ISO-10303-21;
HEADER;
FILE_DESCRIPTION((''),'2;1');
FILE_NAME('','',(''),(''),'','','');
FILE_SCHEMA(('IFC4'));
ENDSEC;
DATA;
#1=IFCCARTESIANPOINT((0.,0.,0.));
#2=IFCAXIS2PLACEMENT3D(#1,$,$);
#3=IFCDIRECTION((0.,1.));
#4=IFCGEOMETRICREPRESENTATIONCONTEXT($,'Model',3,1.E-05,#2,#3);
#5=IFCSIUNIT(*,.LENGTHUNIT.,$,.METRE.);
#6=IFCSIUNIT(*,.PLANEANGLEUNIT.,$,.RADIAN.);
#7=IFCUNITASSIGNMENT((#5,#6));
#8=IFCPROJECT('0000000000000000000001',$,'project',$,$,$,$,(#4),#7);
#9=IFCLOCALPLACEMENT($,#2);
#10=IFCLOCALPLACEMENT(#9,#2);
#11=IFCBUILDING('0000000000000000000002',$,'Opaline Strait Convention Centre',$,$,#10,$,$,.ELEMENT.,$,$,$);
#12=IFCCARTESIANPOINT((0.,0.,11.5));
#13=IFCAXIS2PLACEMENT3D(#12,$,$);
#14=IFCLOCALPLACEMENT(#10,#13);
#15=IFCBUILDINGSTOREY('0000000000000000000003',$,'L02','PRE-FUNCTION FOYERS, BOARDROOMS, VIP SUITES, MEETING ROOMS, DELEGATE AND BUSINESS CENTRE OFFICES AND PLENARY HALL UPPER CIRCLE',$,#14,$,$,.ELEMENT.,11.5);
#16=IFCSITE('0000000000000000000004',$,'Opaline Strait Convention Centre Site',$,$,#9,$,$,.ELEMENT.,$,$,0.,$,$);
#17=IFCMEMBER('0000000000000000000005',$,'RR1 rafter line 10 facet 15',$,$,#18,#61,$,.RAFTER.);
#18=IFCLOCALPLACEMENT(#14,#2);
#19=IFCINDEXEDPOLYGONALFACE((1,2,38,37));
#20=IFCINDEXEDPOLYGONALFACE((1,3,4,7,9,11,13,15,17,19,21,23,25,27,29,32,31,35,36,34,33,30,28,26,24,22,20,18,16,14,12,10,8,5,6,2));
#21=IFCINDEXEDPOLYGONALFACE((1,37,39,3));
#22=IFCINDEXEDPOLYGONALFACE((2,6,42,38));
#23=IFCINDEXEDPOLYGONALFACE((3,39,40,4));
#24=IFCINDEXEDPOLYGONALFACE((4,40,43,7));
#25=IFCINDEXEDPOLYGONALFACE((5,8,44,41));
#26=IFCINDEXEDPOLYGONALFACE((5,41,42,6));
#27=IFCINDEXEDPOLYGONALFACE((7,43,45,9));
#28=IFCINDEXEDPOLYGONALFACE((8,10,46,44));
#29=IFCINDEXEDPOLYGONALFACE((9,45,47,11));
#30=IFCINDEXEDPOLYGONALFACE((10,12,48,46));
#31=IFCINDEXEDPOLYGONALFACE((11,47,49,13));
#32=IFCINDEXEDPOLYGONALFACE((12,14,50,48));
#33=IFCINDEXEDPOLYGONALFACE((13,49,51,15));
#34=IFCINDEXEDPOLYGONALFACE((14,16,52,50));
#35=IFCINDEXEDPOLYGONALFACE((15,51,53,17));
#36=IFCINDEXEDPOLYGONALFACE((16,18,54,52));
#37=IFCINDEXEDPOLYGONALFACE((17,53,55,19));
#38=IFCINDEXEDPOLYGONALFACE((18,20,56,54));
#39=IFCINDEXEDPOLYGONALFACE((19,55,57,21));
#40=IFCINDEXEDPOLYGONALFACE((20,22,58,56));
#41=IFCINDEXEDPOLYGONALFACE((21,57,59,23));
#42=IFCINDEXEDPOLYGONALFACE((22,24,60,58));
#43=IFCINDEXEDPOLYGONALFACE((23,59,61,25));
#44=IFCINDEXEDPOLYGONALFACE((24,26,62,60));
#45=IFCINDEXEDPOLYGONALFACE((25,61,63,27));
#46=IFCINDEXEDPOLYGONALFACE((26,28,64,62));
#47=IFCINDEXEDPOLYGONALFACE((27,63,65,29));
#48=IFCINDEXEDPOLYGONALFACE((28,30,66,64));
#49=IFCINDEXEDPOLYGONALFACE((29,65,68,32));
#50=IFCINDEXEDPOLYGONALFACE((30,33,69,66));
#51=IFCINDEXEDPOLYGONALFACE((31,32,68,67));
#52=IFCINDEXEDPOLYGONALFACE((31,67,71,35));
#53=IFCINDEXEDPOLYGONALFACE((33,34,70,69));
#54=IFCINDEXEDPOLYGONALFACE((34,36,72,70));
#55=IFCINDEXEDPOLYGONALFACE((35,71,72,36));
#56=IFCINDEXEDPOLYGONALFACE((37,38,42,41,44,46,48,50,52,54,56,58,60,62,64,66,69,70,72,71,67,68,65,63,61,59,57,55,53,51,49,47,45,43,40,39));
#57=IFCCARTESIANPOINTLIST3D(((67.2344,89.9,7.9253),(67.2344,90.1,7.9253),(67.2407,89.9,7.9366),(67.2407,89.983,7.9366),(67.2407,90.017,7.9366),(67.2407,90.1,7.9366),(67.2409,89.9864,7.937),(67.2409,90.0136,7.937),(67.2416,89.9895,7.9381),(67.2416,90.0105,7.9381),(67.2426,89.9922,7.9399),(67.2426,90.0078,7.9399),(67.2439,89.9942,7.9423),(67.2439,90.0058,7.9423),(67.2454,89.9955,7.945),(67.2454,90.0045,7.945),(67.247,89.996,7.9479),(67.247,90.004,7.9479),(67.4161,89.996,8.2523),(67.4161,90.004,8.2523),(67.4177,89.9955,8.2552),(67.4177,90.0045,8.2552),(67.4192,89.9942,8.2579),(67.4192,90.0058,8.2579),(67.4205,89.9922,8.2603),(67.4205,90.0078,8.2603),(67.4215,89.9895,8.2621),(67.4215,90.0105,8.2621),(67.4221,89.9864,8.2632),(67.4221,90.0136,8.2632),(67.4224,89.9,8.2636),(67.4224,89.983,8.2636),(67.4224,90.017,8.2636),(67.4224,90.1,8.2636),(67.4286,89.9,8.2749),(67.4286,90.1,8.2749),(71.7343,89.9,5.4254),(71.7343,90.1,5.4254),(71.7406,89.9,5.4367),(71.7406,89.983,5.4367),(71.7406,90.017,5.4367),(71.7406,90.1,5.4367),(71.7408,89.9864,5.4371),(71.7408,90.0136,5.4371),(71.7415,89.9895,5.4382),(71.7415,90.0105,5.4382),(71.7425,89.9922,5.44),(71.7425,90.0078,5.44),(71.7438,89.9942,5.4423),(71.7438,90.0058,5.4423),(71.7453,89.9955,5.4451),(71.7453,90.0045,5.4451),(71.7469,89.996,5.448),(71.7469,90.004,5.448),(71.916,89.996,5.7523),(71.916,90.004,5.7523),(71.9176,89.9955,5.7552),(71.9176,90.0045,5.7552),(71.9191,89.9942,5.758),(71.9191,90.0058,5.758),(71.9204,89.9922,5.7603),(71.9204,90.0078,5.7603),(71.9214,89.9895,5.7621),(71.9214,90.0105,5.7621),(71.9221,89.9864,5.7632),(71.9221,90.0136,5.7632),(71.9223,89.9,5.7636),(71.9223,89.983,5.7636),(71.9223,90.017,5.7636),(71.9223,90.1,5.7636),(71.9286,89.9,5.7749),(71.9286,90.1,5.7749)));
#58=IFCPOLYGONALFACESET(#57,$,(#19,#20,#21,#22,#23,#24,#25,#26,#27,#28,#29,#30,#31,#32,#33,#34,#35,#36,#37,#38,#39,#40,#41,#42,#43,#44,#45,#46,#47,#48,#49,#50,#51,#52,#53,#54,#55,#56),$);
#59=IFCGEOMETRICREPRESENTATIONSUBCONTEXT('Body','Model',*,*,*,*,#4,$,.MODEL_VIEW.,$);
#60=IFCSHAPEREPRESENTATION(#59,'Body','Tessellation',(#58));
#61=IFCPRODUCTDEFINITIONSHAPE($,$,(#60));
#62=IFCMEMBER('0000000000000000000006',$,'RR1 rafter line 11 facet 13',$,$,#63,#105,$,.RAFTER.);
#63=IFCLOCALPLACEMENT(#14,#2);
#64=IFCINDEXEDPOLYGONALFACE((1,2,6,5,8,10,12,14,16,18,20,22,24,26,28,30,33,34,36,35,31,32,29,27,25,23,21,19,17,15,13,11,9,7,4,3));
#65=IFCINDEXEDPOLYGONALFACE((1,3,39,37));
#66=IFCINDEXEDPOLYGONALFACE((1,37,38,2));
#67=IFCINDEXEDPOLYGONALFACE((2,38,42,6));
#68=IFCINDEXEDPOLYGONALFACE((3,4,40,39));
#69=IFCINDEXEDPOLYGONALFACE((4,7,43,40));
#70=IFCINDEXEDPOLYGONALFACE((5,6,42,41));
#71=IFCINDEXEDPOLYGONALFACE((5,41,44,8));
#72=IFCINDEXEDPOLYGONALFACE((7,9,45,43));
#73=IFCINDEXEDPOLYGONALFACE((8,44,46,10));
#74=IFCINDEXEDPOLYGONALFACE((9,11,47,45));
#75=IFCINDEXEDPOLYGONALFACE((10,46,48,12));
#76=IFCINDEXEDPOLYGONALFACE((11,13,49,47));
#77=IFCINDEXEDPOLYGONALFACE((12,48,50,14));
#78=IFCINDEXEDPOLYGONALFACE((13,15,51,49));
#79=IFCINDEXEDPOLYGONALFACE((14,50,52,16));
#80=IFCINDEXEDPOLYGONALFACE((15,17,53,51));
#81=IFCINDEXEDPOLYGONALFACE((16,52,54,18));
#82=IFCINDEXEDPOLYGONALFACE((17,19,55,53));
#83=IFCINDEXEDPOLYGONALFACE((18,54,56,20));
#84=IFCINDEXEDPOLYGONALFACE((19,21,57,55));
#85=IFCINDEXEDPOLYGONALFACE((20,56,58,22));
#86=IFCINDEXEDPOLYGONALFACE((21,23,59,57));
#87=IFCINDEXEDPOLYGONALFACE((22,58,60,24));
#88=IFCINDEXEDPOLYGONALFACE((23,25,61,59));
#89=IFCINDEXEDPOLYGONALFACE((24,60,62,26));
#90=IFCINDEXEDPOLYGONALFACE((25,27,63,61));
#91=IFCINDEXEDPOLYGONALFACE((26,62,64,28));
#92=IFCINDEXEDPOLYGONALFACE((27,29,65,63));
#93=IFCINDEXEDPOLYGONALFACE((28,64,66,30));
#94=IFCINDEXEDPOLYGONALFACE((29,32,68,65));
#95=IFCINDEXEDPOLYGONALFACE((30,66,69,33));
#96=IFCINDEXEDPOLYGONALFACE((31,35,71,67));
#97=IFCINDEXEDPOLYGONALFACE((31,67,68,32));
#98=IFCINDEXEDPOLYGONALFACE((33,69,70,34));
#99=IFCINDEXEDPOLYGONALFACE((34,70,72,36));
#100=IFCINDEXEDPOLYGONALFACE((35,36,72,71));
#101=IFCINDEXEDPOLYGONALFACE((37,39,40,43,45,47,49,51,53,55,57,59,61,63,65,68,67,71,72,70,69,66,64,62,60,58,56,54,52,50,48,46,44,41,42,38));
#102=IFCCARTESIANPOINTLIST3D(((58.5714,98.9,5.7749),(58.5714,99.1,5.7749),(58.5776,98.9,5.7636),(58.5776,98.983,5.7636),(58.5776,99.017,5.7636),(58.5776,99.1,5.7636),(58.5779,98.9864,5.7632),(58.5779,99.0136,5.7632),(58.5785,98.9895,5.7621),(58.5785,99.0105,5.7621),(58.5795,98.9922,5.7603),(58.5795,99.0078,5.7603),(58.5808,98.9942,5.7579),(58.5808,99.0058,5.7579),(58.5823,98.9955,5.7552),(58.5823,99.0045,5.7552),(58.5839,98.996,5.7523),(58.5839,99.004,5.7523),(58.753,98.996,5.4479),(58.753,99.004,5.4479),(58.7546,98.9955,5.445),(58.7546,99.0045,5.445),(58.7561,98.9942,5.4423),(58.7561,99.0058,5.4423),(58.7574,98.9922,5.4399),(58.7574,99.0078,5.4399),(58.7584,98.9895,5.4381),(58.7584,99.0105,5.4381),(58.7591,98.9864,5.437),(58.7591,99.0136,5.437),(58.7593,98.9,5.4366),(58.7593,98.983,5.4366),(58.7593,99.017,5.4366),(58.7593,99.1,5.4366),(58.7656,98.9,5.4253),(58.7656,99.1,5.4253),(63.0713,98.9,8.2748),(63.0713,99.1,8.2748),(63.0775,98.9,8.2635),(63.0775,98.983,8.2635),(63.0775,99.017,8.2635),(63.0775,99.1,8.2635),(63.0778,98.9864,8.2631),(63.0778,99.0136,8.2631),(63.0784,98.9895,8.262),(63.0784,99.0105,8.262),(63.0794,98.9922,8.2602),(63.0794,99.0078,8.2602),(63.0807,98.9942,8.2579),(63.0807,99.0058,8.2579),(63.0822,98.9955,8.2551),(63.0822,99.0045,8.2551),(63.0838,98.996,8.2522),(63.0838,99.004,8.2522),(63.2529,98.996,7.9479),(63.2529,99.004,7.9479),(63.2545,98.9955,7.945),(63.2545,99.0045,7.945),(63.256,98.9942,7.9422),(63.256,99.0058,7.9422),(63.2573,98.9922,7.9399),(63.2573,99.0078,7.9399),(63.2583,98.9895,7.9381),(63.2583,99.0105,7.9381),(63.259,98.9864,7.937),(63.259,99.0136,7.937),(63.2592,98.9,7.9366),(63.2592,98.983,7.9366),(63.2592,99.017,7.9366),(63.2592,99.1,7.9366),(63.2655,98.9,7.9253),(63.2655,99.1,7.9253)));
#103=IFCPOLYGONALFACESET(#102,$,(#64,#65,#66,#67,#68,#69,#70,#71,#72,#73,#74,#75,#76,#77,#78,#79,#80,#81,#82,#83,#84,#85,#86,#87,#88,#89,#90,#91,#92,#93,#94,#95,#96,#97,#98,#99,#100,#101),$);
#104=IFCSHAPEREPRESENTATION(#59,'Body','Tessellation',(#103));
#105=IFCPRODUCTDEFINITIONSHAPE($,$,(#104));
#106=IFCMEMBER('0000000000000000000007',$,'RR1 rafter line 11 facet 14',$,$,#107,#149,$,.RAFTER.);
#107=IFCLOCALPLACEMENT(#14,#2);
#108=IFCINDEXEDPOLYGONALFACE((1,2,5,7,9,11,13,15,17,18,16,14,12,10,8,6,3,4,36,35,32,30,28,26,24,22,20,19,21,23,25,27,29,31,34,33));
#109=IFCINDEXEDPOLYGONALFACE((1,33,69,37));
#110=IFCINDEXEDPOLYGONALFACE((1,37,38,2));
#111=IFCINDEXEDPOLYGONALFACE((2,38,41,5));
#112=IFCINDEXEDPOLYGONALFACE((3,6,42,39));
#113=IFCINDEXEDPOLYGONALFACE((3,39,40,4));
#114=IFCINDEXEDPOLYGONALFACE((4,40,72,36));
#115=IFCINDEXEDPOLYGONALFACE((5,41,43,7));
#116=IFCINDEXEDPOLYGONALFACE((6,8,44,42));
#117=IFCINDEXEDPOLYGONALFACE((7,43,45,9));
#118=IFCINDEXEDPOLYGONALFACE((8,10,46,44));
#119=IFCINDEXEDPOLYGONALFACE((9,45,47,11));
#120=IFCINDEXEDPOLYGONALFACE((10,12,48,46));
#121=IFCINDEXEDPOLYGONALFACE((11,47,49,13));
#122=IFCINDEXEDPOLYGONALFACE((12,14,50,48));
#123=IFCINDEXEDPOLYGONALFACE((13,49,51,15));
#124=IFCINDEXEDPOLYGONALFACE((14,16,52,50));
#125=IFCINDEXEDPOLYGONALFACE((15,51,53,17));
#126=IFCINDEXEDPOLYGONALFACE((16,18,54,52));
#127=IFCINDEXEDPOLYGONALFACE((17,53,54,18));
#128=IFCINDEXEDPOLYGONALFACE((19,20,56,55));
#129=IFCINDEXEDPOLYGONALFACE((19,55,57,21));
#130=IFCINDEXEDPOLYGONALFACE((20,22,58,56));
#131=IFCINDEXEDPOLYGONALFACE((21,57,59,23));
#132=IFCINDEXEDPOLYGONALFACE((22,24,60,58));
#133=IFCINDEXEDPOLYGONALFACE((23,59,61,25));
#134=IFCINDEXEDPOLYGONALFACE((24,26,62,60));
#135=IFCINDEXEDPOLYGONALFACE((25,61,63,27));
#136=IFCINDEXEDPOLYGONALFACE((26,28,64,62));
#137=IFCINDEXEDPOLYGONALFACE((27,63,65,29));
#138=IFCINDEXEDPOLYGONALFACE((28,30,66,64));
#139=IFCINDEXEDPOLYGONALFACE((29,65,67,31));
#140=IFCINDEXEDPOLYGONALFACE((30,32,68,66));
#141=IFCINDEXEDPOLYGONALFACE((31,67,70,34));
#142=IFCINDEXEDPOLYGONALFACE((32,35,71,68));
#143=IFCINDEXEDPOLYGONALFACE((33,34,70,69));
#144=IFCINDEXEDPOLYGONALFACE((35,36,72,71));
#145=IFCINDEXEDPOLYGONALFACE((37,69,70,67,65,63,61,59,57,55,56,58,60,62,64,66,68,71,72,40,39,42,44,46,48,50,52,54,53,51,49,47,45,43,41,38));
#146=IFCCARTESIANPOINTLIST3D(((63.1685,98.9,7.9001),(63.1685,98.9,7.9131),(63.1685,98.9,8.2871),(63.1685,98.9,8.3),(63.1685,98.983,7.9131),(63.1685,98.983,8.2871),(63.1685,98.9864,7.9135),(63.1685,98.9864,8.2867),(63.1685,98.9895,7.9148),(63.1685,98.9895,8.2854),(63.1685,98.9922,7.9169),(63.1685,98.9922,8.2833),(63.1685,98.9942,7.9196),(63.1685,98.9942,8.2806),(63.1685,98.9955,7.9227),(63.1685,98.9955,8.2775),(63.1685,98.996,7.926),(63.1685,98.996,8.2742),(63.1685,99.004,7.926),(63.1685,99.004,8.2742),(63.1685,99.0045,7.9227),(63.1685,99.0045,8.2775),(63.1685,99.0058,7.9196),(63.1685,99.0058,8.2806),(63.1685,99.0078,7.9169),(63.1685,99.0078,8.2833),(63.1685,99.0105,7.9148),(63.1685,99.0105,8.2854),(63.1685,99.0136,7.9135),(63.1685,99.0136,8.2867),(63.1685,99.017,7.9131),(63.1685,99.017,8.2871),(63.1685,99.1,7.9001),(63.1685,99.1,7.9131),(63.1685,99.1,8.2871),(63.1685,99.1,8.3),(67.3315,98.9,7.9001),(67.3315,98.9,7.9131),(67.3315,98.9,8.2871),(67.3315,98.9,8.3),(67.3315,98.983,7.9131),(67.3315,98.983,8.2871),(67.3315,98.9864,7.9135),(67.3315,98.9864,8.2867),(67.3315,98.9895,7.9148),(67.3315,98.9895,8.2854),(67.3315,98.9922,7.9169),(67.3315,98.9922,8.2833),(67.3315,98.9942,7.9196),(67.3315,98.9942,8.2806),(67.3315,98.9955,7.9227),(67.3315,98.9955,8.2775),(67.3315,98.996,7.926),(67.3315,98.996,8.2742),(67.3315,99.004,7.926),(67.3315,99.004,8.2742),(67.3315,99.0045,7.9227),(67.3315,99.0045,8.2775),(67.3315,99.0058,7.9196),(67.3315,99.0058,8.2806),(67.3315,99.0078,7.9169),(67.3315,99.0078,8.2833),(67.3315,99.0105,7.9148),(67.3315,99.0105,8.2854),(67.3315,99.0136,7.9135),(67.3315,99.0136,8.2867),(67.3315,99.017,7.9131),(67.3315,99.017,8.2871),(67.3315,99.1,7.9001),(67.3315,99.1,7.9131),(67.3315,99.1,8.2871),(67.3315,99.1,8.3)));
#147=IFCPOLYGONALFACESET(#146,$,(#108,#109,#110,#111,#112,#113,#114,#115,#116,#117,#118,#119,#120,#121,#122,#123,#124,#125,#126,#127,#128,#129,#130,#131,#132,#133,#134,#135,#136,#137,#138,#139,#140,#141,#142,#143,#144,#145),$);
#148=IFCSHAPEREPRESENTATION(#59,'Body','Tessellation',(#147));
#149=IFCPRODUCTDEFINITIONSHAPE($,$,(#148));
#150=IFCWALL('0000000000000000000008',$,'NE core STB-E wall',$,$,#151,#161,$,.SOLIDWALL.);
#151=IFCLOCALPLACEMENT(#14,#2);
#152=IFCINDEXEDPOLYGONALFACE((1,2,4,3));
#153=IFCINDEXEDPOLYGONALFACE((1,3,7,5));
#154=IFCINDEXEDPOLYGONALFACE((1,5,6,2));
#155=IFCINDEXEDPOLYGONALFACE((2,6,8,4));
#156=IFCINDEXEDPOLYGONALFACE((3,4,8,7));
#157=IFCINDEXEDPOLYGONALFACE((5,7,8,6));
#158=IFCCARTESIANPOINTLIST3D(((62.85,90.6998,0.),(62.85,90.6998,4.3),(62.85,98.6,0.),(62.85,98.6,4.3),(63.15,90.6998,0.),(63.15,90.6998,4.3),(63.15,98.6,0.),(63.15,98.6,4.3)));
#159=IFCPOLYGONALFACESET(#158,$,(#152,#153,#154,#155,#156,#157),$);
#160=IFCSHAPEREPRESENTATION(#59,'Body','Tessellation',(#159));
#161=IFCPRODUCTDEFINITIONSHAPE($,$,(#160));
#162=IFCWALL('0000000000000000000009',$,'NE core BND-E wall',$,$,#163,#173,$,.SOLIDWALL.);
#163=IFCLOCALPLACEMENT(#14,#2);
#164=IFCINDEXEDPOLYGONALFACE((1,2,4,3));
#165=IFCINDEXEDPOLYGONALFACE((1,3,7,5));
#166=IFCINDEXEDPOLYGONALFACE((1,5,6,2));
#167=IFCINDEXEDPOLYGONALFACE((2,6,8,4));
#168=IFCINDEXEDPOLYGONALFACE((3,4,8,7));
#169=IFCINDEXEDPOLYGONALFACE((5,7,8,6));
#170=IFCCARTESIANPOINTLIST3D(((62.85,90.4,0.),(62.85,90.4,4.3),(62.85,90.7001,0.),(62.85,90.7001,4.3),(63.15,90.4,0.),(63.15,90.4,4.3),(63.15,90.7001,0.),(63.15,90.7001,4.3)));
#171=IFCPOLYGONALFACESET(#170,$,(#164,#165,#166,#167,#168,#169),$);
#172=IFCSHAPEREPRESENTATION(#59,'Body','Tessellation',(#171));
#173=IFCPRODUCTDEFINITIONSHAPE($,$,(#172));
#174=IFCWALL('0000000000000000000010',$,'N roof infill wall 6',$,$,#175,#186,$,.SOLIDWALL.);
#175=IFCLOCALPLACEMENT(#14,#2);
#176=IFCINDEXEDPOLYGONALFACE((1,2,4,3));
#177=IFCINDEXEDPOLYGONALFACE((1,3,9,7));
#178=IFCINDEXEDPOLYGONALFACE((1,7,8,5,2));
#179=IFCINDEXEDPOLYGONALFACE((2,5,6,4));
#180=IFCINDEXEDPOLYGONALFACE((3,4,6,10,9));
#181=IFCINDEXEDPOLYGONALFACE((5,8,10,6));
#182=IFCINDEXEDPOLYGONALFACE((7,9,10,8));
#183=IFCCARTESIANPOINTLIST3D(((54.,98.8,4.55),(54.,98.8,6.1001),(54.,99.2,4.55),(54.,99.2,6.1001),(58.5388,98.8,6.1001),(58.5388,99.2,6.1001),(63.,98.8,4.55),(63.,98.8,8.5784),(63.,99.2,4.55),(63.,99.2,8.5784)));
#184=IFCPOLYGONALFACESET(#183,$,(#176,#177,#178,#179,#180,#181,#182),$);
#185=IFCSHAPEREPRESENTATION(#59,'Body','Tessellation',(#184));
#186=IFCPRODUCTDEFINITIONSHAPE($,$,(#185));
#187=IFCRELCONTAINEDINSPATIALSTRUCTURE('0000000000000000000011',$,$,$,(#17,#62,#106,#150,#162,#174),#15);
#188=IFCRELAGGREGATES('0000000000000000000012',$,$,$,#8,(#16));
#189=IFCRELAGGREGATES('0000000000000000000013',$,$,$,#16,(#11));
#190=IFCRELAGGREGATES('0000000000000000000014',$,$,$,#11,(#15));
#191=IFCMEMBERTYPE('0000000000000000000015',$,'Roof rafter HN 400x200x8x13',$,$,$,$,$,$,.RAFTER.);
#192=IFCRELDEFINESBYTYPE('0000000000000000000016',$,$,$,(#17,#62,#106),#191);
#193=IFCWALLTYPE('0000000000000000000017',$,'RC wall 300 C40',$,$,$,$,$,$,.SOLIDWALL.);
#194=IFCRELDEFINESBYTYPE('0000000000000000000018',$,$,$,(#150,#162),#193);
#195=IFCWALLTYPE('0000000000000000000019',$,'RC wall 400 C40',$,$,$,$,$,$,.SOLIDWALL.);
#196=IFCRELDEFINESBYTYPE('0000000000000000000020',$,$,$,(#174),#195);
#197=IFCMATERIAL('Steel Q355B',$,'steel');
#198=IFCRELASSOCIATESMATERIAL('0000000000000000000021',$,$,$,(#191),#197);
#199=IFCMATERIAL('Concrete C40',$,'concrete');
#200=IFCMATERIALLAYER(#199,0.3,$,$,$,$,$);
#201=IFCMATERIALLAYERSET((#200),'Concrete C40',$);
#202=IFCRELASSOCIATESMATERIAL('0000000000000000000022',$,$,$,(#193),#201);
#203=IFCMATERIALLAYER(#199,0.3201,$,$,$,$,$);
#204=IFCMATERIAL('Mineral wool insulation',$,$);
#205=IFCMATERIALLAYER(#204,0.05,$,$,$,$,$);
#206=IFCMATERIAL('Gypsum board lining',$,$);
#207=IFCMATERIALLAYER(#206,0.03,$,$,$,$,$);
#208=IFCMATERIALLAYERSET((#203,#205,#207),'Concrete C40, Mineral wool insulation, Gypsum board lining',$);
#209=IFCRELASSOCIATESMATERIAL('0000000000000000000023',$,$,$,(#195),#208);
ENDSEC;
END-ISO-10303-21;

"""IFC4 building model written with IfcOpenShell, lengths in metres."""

from ifc_helpers import new_model, si_unit, direction, frame, frame_2d, origin, origin_2d, place, context, subcontext, project, spatial, polyline, rectangle, i_section, outline, extrude, material, layer, layer_set, material_profile, profile_set, type_object, element, save


model = new_model("IFC4")

# Units and contexts
model_context = context("Model", 3, precision=1e-05, world=origin(), true_north=direction((0.0, 1.0)))
body_context = subcontext(model_context, "Body", "Model", "MODEL_VIEW")
ifc_project = project(units=[si_unit("LENGTHUNIT", "METRE"), si_unit("PLANEANGLEUNIT", "RADIAN")], contexts=[model_context])

# Site, building, storey
site_placement = place(None, origin())
site = spatial("IfcSite", under=ifc_project, at=site_placement, Name="Opaline Strait Convention Centre Site", CompositionType="ELEMENT", RefElevation=0.0)
building_placement = place(site_placement, origin())
building = spatial("IfcBuilding", under=site, at=building_placement, Name="Opaline Strait Convention Centre", CompositionType="ELEMENT")
storey_placement = place(building_placement, frame((0.0, 0.0, 11.5)))
storey = spatial("IfcBuildingStorey", under=building, at=storey_placement, Name="L02", Description="PRE-FUNCTION FOYERS, BOARDROOMS, VIP SUITES, MEETING ROOMS, DELEGATE AND BUSINESS CENTRE OFFICES AND PLENARY HALL UPPER CIRCLE", CompositionType="ELEMENT", Elevation=11.5)

# Shared definitions
ifc_material_1 = material(Name="Concrete C40", Category="concrete")

# Shared definitions
ifc_material_2 = material(Name="Steel Q355B", Category="steel")

# Members
ifc_material_profile_1 = material_profile(ifc_material_2, i_section(OverallWidth=0.2, OverallDepth=0.3999, WebThickness=0.0081, FlangeThickness=0.0129, FilletRadius=0.0129, at=origin_2d()), Name="HN 400x200x8x13")
ifc_profile_set_1 = profile_set([ifc_material_profile_1], Name="Steel Q355B")
member_type_1 = type_object("IfcMemberType", Name="Roof rafter HN 400x200x8x13", PredefinedType="RAFTER", material=ifc_profile_set_1)
for number, where, z_axis, x_axis, name in (
    (1, (67.3315, 90.0, 8.1001), (0.874157, 0.0, -0.485643), (0.0, 1.0, 0.0), "RR1 rafter line 10 facet 15"),
    (2, (58.6685, 99.0, 5.6001), (0.874157, 0.0, 0.485643), (0.0, 1.0, 0.0), "RR1 rafter line 11 facet 13"),
):
    element("IfcMember", number, at=place(storey_placement, frame(where, z_axis=z_axis, x_axis=x_axis)), inside=storey, type_object=member_type_1, Name=name, PredefinedType="RAFTER", context=body_context, shape_type="SweptSolid", body=[
        extrude(i_section(OverallWidth=0.2, OverallDepth=0.3999, WebThickness=0.0081, FlangeThickness=0.0129, FilletRadius=0.0129, at=origin_2d()), origin(), (0.0, 0.0, 1.0), 5.1477),
    ])
member_1_placement = place(storey_placement, frame((63.1685, 99.0, 8.1001), z_axis=(1.0, 0.0, 0.0), x_axis=(0.0, 1.0, 0.0)))
element("IfcMember", 3, at=member_1_placement, inside=storey, type_object=member_type_1, Name="RR1 rafter line 11 facet 14", PredefinedType="RAFTER", context=body_context, shape_type="SweptSolid", body=[
    extrude(i_section(OverallWidth=0.2, OverallDepth=0.3999, WebThickness=0.0081, FlangeThickness=0.0129, FilletRadius=0.0129, at=origin_2d()), origin(), (0.0, 0.0, 1.0), 4.1631),
])

# Walls
ifc_layer_1 = layer(ifc_material_1, 0.3)
ifc_layer_set_1 = layer_set([ifc_layer_1], Name="Concrete C40")
wall_type_1 = type_object("IfcWallType", Name="RC wall 300 C40", PredefinedType="SOLIDWALL", material=ifc_layer_set_1)
wall_1_placement = place(storey_placement, frame((63.0, 98.6001, 0.0), z_axis=(0.0, 0.0, 1.0), x_axis=(0.0, -1.0, 0.0)))
element("IfcWall", 4, at=wall_1_placement, inside=storey, type_object=wall_type_1, Name="NE core STB-E wall", PredefinedType="SOLIDWALL", context=body_context, shape_type="SweptSolid", body=[
    extrude(rectangle(XDim=7.9001, YDim=0.3, at=frame_2d((3.9502, 0.0))), origin(), (0.0, 0.0, 1.0), 4.3),
])
wall_2_placement = place(storey_placement, frame((63.0, 90.7, 0.0), z_axis=(0.0, 0.0, 1.0), x_axis=(0.0, -1.0, 0.0)))
element("IfcWall", 5, at=wall_2_placement, inside=storey, type_object=wall_type_1, Name="NE core BND-E wall", PredefinedType="SOLIDWALL", context=body_context, shape_type="SweptSolid", body=[
    extrude(rectangle(XDim=0.3, YDim=0.3, at=frame_2d((0.1499, 0.0))), origin(), (0.0, 0.0, 1.0), 4.3),
])
ifc_layer_2 = layer(ifc_material_1, 0.3201)
ifc_material_3 = material(Name="Mineral wool insulation")
ifc_layer_3 = layer(ifc_material_3, 0.05)
ifc_material_4 = material(Name="Gypsum board lining")
ifc_layer_4 = layer(ifc_material_4, 0.03)
ifc_layer_set_2 = layer_set([ifc_layer_2, ifc_layer_3, ifc_layer_4], Name="Concrete C40, Mineral wool insulation, Gypsum board lining")
wall_type_2 = type_object("IfcWallType", Name="RC wall 400 C40", PredefinedType="SOLIDWALL", material=ifc_layer_set_2)
wall_3_placement = place(storey_placement, frame((54.0, 99.0, 4.55), z_axis=(0.0, 0.0, 1.0), x_axis=(1.0, 0.0, 0.0)))
element("IfcWall", 6, at=wall_3_placement, inside=storey, type_object=wall_type_2, Name="N roof infill wall 6", PredefinedType="SOLIDWALL", context=body_context, shape_type="SweptSolid", body=[
    extrude(outline(polyline([(0.0, 0.0), (9.0, 0.0), (9.0, 4.0283), (4.5388, 1.55), (0.0, 1.55), (0.0, 0.0)])), frame((0.0, 0.2, 0.0), z_axis=(0.0, -1.0, 0.0), x_axis=(1.0, 0.0, 0.0)), (0.0, 0.0, 1.0), 0.3999),
])

save(model, "model.ifc")
